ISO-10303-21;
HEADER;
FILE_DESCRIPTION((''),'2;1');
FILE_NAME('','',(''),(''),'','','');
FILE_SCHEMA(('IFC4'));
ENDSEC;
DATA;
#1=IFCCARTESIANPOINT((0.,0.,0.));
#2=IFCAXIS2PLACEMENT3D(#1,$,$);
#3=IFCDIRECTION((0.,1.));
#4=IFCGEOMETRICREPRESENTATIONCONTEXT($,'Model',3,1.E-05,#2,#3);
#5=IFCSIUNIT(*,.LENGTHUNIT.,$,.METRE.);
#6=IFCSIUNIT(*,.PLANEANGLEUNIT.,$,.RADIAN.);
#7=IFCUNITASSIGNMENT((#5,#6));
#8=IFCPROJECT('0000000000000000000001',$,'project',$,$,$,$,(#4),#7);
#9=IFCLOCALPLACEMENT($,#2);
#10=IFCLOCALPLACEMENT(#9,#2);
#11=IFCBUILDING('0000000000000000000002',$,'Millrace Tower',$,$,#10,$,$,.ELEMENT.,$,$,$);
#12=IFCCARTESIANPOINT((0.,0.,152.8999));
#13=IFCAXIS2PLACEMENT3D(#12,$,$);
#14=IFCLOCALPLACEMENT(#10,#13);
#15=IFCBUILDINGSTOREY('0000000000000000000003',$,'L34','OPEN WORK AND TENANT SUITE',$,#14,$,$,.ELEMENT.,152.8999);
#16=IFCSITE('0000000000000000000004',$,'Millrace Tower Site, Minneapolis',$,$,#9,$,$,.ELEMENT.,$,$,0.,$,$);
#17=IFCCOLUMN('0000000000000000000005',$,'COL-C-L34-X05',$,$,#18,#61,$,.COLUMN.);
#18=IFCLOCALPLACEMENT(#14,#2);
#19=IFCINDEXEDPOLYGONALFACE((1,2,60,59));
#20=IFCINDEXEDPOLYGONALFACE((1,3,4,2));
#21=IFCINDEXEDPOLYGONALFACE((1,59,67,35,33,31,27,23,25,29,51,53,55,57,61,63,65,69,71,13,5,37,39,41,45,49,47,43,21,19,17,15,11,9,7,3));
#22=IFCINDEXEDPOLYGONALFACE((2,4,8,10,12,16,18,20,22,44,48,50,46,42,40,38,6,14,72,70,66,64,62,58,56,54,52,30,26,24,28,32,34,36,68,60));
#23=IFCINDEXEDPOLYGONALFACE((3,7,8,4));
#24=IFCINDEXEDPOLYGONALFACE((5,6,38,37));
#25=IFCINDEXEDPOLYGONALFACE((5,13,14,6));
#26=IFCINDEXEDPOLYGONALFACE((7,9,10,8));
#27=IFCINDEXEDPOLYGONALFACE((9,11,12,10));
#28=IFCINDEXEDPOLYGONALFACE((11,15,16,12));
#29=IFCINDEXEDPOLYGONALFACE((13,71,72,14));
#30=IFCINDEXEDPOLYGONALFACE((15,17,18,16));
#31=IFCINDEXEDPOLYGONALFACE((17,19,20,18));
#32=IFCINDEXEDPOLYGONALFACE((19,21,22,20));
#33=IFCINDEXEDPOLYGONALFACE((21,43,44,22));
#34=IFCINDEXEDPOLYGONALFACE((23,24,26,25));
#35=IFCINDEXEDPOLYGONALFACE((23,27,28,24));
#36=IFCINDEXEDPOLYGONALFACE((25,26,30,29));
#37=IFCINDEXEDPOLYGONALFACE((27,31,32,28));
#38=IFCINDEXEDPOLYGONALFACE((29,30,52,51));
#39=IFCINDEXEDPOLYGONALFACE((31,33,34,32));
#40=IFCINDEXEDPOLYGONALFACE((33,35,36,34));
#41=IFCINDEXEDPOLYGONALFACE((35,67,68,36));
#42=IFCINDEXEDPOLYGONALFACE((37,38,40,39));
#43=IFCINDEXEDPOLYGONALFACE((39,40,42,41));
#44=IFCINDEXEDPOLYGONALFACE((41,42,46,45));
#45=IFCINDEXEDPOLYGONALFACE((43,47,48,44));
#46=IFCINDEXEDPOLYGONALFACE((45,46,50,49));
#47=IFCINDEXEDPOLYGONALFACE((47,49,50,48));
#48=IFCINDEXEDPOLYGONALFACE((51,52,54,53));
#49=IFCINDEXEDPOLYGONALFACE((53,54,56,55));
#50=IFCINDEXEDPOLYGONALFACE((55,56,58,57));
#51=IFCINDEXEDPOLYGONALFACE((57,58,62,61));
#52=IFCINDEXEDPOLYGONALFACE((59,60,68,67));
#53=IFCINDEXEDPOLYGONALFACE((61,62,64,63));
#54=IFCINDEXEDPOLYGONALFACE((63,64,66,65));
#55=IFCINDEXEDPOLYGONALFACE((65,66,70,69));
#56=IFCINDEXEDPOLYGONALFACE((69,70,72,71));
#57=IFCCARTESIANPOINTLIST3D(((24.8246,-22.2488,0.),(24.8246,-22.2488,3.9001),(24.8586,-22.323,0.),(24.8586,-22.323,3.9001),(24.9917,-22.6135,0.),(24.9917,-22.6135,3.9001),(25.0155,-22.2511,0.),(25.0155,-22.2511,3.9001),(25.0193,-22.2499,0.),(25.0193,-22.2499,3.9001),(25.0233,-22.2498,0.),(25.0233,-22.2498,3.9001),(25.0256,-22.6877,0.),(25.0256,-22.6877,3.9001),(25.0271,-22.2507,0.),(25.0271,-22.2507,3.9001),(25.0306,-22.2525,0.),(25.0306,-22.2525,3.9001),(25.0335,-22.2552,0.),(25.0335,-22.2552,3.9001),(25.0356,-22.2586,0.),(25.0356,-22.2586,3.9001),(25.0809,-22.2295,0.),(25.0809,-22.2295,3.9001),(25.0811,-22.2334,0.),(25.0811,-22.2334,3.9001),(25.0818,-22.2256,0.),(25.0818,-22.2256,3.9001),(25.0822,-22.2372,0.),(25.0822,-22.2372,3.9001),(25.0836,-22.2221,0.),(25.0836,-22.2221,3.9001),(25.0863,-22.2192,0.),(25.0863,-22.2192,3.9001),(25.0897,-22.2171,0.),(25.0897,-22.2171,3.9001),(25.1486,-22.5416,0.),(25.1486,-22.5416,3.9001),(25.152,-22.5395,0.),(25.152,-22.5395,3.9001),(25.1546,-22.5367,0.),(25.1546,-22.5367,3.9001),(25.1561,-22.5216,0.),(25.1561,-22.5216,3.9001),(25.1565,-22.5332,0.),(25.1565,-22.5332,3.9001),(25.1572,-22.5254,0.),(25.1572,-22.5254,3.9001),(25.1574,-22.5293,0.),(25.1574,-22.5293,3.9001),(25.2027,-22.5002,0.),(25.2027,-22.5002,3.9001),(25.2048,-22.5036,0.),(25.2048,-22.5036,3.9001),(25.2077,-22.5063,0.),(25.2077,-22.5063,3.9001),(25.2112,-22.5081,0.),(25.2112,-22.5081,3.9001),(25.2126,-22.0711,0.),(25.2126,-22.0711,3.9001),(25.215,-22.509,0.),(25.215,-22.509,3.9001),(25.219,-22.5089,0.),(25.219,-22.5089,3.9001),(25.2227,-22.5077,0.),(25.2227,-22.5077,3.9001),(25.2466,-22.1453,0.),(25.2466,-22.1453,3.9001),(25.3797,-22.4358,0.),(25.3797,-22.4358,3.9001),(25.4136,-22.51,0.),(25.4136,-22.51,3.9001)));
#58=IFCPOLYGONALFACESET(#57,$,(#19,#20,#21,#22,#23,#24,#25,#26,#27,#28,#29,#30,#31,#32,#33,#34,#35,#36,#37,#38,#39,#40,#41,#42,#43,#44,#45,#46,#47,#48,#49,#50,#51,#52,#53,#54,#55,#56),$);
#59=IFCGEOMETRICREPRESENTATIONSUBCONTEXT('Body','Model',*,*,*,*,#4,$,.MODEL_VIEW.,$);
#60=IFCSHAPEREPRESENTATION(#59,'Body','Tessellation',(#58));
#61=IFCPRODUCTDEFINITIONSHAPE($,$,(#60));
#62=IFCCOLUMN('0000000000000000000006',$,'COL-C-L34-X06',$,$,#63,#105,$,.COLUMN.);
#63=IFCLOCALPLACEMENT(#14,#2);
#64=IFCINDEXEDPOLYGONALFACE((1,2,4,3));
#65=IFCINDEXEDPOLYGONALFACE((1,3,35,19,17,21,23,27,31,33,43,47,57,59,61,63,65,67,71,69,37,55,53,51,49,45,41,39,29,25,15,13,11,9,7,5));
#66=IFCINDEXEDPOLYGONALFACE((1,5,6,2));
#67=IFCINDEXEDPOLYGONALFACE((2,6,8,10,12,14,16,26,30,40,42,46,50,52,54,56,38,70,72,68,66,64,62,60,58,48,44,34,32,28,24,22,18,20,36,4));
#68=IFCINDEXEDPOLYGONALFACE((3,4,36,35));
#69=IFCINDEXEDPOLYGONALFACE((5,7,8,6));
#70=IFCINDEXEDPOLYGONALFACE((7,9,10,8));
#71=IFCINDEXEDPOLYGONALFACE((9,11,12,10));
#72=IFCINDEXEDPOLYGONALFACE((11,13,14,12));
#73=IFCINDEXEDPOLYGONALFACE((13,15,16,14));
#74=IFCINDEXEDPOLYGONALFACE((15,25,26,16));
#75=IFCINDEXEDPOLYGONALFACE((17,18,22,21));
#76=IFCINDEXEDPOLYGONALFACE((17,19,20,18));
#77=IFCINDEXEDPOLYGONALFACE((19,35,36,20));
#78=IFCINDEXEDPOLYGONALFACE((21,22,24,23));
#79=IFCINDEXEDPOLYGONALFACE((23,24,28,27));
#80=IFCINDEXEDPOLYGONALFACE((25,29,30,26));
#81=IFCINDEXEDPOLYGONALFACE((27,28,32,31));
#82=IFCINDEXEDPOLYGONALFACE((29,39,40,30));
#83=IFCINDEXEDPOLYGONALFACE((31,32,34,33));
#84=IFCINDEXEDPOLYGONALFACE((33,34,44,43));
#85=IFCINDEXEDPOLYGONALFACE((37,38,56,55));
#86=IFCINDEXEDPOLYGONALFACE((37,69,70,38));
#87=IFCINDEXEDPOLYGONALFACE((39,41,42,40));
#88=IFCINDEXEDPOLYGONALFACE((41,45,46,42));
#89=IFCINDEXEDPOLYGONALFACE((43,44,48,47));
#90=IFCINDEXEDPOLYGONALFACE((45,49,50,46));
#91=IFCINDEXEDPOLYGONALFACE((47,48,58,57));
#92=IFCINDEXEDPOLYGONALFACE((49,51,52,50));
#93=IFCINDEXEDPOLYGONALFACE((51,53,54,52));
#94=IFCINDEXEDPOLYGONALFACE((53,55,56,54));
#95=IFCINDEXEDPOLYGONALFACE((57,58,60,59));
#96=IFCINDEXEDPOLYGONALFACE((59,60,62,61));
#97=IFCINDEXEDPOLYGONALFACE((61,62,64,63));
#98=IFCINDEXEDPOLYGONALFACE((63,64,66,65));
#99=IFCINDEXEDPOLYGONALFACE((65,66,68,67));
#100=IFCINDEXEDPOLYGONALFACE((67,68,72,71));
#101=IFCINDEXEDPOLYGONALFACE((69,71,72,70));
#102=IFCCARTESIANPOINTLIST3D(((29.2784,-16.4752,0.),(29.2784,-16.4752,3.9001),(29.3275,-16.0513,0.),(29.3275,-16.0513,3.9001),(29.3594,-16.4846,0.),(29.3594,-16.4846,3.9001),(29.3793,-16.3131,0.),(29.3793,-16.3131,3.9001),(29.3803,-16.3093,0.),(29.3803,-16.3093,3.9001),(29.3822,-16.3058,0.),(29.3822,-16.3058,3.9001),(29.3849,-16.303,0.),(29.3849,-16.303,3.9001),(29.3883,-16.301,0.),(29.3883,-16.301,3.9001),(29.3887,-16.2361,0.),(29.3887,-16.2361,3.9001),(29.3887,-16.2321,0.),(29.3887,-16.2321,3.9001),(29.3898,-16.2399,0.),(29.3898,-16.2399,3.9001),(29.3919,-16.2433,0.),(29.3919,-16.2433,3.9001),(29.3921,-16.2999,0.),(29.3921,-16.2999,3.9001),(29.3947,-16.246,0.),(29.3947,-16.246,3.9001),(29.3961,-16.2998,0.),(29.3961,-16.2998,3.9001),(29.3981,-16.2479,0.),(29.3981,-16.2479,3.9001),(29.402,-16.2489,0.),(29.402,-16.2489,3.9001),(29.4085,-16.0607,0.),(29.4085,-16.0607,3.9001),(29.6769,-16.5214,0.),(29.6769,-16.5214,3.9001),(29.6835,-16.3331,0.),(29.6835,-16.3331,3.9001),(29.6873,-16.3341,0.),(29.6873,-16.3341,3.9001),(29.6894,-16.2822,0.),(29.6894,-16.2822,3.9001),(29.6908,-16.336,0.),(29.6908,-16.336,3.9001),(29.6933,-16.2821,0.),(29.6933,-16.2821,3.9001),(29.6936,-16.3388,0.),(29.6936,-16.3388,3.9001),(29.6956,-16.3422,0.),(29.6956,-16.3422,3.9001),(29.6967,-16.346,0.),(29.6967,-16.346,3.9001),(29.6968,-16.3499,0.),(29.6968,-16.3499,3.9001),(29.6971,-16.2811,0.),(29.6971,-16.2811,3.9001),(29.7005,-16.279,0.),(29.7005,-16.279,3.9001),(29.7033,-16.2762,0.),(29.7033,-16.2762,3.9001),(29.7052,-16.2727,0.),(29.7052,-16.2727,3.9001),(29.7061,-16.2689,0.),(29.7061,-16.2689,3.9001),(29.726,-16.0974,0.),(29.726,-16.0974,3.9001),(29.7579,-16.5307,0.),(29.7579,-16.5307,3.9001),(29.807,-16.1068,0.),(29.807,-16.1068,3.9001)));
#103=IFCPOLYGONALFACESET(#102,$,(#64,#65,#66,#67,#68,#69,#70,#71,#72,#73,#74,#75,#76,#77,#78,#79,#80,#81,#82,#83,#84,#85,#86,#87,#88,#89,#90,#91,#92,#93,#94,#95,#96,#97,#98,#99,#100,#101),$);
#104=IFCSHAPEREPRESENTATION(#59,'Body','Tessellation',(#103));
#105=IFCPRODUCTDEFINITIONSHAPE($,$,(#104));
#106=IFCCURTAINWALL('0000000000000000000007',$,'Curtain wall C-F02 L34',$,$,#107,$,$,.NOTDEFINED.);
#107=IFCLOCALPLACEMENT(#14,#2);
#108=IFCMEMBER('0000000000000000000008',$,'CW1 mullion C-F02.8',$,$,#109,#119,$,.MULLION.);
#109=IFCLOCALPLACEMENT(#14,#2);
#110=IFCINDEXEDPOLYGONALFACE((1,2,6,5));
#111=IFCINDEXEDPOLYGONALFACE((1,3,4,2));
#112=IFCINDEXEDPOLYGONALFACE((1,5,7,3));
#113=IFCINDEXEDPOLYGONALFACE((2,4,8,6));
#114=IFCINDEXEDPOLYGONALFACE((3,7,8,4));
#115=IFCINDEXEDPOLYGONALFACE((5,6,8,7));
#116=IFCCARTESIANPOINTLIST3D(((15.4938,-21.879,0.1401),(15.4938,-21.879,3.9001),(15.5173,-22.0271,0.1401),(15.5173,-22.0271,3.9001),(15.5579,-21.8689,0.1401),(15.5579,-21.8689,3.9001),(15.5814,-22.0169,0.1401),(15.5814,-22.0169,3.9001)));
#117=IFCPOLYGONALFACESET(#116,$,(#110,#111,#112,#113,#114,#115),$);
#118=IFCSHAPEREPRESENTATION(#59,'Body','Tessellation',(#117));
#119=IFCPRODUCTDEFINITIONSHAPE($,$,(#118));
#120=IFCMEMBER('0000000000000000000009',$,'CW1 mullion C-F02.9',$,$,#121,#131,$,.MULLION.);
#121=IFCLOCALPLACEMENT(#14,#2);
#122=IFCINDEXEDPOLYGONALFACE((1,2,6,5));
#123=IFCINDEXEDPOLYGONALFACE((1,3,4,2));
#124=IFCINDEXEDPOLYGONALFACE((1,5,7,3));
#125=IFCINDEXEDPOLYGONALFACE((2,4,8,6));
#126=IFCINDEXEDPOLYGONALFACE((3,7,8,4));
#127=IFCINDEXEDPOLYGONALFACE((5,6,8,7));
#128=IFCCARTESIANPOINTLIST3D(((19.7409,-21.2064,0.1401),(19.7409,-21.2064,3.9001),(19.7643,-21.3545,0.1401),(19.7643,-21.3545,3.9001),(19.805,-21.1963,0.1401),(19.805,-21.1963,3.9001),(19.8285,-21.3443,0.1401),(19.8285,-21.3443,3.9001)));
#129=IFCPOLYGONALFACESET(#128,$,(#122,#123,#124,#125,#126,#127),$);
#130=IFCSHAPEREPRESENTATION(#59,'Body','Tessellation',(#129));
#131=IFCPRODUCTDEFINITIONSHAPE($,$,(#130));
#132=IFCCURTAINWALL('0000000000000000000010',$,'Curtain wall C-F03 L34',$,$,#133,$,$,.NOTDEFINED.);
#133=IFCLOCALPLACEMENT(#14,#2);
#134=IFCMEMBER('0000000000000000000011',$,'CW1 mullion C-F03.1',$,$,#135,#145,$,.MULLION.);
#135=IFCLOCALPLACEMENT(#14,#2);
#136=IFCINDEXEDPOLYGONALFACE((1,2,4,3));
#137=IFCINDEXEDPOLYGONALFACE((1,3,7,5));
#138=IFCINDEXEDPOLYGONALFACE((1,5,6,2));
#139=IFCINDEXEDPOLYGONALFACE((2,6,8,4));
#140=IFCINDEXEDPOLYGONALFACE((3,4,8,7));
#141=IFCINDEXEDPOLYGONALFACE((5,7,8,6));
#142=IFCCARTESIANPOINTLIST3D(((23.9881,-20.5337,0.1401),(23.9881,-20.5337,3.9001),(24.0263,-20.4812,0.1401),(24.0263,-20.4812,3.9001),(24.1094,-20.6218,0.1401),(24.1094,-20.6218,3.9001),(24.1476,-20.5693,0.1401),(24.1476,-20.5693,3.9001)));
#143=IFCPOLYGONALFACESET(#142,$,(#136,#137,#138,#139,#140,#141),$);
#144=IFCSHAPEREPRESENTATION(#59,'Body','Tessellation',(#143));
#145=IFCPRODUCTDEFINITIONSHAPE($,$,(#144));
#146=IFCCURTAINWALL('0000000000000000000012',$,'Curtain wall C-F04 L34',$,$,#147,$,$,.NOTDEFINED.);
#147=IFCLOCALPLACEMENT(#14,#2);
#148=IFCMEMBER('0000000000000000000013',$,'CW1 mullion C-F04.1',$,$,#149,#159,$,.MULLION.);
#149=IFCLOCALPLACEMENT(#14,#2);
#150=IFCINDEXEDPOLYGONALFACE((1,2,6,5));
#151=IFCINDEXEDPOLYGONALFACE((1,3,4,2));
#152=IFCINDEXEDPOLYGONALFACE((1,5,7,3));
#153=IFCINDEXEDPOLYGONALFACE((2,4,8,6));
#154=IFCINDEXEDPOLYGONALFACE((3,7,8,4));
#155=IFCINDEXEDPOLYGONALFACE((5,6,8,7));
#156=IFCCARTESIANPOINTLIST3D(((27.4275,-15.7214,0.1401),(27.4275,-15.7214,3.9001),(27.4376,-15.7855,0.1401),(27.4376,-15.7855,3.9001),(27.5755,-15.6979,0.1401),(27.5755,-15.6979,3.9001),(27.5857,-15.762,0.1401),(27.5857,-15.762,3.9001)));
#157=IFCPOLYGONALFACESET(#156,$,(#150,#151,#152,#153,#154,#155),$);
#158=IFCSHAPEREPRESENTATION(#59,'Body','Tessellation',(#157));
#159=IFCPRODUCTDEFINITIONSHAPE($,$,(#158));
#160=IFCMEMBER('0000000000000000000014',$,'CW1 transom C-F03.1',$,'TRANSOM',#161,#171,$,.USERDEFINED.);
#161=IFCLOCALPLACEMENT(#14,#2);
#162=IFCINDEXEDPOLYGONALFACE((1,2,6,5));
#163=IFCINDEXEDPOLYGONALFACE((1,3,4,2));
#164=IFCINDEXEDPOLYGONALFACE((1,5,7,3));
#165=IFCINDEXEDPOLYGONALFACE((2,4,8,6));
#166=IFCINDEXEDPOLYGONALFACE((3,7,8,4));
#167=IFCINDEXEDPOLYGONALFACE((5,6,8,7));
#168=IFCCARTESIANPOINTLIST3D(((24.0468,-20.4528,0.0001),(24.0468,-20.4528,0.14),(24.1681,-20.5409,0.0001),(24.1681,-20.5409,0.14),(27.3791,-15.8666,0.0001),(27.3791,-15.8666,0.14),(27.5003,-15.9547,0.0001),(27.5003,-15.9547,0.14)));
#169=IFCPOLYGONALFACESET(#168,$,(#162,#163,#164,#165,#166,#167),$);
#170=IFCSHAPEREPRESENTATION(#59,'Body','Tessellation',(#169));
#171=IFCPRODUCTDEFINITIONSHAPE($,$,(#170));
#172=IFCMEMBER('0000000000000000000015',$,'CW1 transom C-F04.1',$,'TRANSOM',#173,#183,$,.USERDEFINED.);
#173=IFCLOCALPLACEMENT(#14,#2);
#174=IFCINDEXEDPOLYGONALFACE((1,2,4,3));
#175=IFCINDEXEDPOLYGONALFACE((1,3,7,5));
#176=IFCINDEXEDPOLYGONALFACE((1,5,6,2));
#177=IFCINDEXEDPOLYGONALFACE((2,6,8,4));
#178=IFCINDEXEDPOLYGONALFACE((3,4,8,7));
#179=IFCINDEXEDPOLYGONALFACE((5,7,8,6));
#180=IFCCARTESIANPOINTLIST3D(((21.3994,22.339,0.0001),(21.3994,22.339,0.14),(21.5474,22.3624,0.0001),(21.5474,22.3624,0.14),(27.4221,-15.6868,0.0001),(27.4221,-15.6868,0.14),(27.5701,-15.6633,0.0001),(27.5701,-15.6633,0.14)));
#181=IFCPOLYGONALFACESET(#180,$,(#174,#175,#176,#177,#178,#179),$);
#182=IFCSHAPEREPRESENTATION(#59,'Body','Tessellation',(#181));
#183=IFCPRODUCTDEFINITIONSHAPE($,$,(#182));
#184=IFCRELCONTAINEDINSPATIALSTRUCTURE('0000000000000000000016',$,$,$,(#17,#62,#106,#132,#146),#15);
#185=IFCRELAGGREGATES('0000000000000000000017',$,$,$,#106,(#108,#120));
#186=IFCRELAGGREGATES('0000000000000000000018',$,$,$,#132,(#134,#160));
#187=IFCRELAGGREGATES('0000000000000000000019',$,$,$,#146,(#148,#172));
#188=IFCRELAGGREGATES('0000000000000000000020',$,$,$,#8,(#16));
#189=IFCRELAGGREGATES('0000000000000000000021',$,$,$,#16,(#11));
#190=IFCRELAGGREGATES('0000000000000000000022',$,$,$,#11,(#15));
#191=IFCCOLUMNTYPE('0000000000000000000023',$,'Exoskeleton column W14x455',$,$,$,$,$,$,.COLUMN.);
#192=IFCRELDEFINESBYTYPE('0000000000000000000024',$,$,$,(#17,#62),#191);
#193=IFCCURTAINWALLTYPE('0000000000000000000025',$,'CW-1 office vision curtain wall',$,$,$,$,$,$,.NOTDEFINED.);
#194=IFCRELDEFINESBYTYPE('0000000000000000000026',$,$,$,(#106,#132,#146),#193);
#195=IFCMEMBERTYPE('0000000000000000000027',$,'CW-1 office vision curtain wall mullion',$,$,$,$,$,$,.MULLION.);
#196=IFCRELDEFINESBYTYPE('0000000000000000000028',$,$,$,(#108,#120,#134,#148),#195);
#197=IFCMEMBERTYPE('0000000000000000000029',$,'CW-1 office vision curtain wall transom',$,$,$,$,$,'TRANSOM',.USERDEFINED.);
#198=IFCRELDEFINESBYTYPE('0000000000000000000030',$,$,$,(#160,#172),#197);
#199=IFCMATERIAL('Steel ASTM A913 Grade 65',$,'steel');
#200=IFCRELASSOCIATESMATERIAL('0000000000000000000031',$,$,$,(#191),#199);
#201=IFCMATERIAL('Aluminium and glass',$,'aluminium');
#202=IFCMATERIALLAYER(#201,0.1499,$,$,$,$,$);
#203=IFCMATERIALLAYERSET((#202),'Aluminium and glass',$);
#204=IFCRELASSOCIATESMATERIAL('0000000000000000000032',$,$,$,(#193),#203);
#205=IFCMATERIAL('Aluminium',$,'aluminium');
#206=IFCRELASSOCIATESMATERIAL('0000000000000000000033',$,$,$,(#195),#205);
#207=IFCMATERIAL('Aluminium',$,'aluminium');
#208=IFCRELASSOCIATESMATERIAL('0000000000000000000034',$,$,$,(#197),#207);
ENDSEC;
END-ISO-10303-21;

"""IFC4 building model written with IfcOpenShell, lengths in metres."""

from ifc_helpers import new_model, si_unit, direction, frame, origin, origin_2d, place, context, subcontext, project, spatial, rectangle, i_section, extrude, material, layer, layer_set, material_profile, profile_set, type_object, element, aggregate, save


model = new_model("IFC4")

# Units and contexts
model_context = context("Model", 3, precision=1e-05, world=origin(), true_north=direction((0.0, 1.0)))
body_context = subcontext(model_context, "Body", "Model", "MODEL_VIEW")
ifc_project = project(units=[si_unit("LENGTHUNIT", "METRE"), si_unit("PLANEANGLEUNIT", "RADIAN")], contexts=[model_context])

# Site, building, storey
site_placement = place(None, origin())
site = spatial("IfcSite", under=ifc_project, at=site_placement, Name="Millrace Tower Site, Minneapolis", CompositionType="ELEMENT", RefElevation=0.0)
building_placement = place(site_placement, origin())
building = spatial("IfcBuilding", under=site, at=building_placement, Name="Millrace Tower", CompositionType="ELEMENT")
storey_placement = place(building_placement, frame((0.0, 0.0, 152.8999)))
storey = spatial("IfcBuildingStorey", under=building, at=storey_placement, Name="L34", Description="OPEN WORK AND TENANT SUITE", CompositionType="ELEMENT", Elevation=152.8999)

# Columns
ifc_material_1 = material(Name="Steel ASTM A913 Grade 65", Category="steel")
ifc_material_profile_1 = material_profile(ifc_material_1, i_section(OverallWidth=0.4268, OverallDepth=0.4827, WebThickness=0.0513, FlangeThickness=0.0815, FilletRadius=0.0151, at=origin_2d()))
ifc_profile_set_1 = profile_set([ifc_material_profile_1], Name="Steel ASTM A913 Grade 65")
column_type = type_object("IfcColumnType", Name="Exoskeleton column W14x455", PredefinedType="COLUMN", material=ifc_profile_set_1)
for number, where, z_axis, x_axis, name in (
    (1, (25.1191, -22.3794, 0.0), (0.0, 0.0, 1.0), (0.909181, 0.416401, 0.0), "COL-C-L34-X05"),
    (2, (29.5427, -16.291, 0.0), (0.0, 0.0, 1.0), (0.115069, 0.993358, 0.0), "COL-C-L34-X06"),
):
    element("IfcColumn", number, at=place(storey_placement, frame(where, z_axis=z_axis, x_axis=x_axis)), inside=storey, type_object=column_type, Name=name, PredefinedType="COLUMN", context=body_context, shape_type="SweptSolid", body=[
        extrude(i_section(OverallWidth=0.4268, OverallDepth=0.4827, WebThickness=0.0513, FlangeThickness=0.0815, FilletRadius=0.0151, at=origin_2d()), origin(), (0.0, 0.0, 1.0), 3.9001),
    ])

# Curtain wall, members
ifc_material_2 = material(Name="Aluminium and glass", Category="aluminium")
ifc_layer_1 = layer(ifc_material_2, 0.1499)
ifc_layer_set_1 = layer_set([ifc_layer_1], Name="Aluminium and glass")
curtain_wall_type = type_object("IfcCurtainWallType", Name="CW-1 office vision curtain wall", PredefinedType="NOTDEFINED", material=ifc_layer_set_1)
placement = place(storey_placement, origin())
curtain_wall_1 = element("IfcCurtainWall", 3, at=placement, inside=storey, type_object=curtain_wall_type, Name="Curtain wall C-F02 L34", PredefinedType="NOTDEFINED")
ifc_material_3 = material(Name="Aluminium", Category="aluminium")
ifc_material_profile_2 = material_profile(ifc_material_3, rectangle(XDim=0.0649, YDim=0.1499, at=origin_2d()))
ifc_profile_set_2 = profile_set([ifc_material_profile_2], Name="Aluminium")
member_type_1 = type_object("IfcMemberType", Name="CW-1 office vision curtain wall mullion", PredefinedType="MULLION", material=ifc_profile_set_2)
member_1_placement = place(storey_placement, frame((15.5376, -21.948, 0.1401), z_axis=(0.0, 0.0, 1.0), x_axis=(0.987688, 0.156434, 0.0)))
member_1 = element("IfcMember", 4, at=member_1_placement, type_object=member_type_1, Name="CW1 mullion C-F02.8", PredefinedType="MULLION", context=body_context, shape_type="SweptSolid", body=[
    extrude(rectangle(XDim=0.0649, YDim=0.1499, at=origin_2d()), origin(), (0.0, 0.0, 1.0), 3.76),
])
member_2_placement = place(storey_placement, frame((19.7847, -21.2754, 0.1401), z_axis=(0.0, 0.0, 1.0), x_axis=(0.987688, 0.156434, 0.0)))
member_2 = element("IfcMember", 5, at=member_2_placement, type_object=member_type_1, Name="CW1 mullion C-F02.9", PredefinedType="MULLION", context=body_context, shape_type="SweptSolid", body=[
    extrude(rectangle(XDim=0.0649, YDim=0.1499, at=origin_2d()), origin(), (0.0, 0.0, 1.0), 3.76),
])
aggregate(curtain_wall_1, [member_1, member_2])

# Curtain walls, members
curtain_wall_2 = element("IfcCurtainWall", 6, at=placement, inside=storey, type_object=curtain_wall_type, Name="Curtain wall C-F03 L34", PredefinedType="NOTDEFINED")
member_3_placement = place(storey_placement, frame((24.0679, -20.5515, 0.1401), z_axis=(0.0, 0.0, 1.0), x_axis=(0.587785, 0.809017, 0.0)))
member_3 = element("IfcMember", 7, at=member_3_placement, type_object=member_type_1, Name="CW1 mullion C-F03.1", PredefinedType="MULLION", context=body_context, shape_type="SweptSolid", body=[
    extrude(rectangle(XDim=0.0649, YDim=0.1499, at=origin_2d()), origin(), (0.0, 0.0, 1.0), 3.76),
])
curtain_wall_3 = element("IfcCurtainWall", 8, at=placement, inside=storey, type_object=curtain_wall_type, Name="Curtain wall C-F04 L34", PredefinedType="NOTDEFINED")
member_4_placement = place(storey_placement, frame((27.5066, -15.7417, 0.1401), z_axis=(0.0, 0.0, 1.0), x_axis=(-0.156434, 0.987688, 0.0)))
member_4 = element("IfcMember", 9, at=member_4_placement, type_object=member_type_1, Name="CW1 mullion C-F04.1", PredefinedType="MULLION", context=body_context, shape_type="SweptSolid", body=[
    extrude(rectangle(XDim=0.0649, YDim=0.1499, at=origin_2d()), origin(), (0.0, 0.0, 1.0), 3.76),
])

# Members
ifc_material_4 = material(Name="Aluminium", Category="aluminium")
ifc_material_profile_3 = material_profile(ifc_material_4, rectangle(XDim=0.1499, YDim=0.1399, at=origin_2d()))
ifc_profile_set_3 = profile_set([ifc_material_profile_3], Name="Aluminium")
member_type_2 = type_object("IfcMemberType", Name="CW-1 office vision curtain wall transom", ElementType="TRANSOM", PredefinedType="USERDEFINED", material=ifc_profile_set_3)
member_5_placement = place(storey_placement, frame((24.1074, -20.4968, 0.0701), z_axis=(0.587811, 0.808999, 0.0), x_axis=(-0.808999, 0.587811, 0.0)))
member_5 = element("IfcMember", 10, at=member_5_placement, type_object=member_type_2, Name="CW1 transom C-F03.1", ObjectType="TRANSOM", PredefinedType="USERDEFINED", context=body_context, shape_type="SweptSolid", body=[
    extrude(rectangle(XDim=0.1499, YDim=0.1399, at=origin_2d()), origin(), (0.0, 0.0, 1.0), 5.6689),
])
aggregate(curtain_wall_2, [member_3, member_5])
member_6_placement = place(storey_placement, frame((27.4961, -15.675, 0.0701), z_axis=(-0.156434, 0.987688, 0.0), x_axis=(-0.987688, -0.156434, 0.0)))
member_6 = element("IfcMember", 11, at=member_6_placement, type_object=member_type_2, Name="CW1 transom C-F04.1", ObjectType="TRANSOM", PredefinedType="USERDEFINED", context=body_context, shape_type="SweptSolid", body=[
    extrude(rectangle(XDim=0.1499, YDim=0.1399, at=origin_2d()), origin(), (0.0, 0.0, 1.0), 38.4998),
])
aggregate(curtain_wall_3, [member_4, member_6])

save(model, "model.ifc")
